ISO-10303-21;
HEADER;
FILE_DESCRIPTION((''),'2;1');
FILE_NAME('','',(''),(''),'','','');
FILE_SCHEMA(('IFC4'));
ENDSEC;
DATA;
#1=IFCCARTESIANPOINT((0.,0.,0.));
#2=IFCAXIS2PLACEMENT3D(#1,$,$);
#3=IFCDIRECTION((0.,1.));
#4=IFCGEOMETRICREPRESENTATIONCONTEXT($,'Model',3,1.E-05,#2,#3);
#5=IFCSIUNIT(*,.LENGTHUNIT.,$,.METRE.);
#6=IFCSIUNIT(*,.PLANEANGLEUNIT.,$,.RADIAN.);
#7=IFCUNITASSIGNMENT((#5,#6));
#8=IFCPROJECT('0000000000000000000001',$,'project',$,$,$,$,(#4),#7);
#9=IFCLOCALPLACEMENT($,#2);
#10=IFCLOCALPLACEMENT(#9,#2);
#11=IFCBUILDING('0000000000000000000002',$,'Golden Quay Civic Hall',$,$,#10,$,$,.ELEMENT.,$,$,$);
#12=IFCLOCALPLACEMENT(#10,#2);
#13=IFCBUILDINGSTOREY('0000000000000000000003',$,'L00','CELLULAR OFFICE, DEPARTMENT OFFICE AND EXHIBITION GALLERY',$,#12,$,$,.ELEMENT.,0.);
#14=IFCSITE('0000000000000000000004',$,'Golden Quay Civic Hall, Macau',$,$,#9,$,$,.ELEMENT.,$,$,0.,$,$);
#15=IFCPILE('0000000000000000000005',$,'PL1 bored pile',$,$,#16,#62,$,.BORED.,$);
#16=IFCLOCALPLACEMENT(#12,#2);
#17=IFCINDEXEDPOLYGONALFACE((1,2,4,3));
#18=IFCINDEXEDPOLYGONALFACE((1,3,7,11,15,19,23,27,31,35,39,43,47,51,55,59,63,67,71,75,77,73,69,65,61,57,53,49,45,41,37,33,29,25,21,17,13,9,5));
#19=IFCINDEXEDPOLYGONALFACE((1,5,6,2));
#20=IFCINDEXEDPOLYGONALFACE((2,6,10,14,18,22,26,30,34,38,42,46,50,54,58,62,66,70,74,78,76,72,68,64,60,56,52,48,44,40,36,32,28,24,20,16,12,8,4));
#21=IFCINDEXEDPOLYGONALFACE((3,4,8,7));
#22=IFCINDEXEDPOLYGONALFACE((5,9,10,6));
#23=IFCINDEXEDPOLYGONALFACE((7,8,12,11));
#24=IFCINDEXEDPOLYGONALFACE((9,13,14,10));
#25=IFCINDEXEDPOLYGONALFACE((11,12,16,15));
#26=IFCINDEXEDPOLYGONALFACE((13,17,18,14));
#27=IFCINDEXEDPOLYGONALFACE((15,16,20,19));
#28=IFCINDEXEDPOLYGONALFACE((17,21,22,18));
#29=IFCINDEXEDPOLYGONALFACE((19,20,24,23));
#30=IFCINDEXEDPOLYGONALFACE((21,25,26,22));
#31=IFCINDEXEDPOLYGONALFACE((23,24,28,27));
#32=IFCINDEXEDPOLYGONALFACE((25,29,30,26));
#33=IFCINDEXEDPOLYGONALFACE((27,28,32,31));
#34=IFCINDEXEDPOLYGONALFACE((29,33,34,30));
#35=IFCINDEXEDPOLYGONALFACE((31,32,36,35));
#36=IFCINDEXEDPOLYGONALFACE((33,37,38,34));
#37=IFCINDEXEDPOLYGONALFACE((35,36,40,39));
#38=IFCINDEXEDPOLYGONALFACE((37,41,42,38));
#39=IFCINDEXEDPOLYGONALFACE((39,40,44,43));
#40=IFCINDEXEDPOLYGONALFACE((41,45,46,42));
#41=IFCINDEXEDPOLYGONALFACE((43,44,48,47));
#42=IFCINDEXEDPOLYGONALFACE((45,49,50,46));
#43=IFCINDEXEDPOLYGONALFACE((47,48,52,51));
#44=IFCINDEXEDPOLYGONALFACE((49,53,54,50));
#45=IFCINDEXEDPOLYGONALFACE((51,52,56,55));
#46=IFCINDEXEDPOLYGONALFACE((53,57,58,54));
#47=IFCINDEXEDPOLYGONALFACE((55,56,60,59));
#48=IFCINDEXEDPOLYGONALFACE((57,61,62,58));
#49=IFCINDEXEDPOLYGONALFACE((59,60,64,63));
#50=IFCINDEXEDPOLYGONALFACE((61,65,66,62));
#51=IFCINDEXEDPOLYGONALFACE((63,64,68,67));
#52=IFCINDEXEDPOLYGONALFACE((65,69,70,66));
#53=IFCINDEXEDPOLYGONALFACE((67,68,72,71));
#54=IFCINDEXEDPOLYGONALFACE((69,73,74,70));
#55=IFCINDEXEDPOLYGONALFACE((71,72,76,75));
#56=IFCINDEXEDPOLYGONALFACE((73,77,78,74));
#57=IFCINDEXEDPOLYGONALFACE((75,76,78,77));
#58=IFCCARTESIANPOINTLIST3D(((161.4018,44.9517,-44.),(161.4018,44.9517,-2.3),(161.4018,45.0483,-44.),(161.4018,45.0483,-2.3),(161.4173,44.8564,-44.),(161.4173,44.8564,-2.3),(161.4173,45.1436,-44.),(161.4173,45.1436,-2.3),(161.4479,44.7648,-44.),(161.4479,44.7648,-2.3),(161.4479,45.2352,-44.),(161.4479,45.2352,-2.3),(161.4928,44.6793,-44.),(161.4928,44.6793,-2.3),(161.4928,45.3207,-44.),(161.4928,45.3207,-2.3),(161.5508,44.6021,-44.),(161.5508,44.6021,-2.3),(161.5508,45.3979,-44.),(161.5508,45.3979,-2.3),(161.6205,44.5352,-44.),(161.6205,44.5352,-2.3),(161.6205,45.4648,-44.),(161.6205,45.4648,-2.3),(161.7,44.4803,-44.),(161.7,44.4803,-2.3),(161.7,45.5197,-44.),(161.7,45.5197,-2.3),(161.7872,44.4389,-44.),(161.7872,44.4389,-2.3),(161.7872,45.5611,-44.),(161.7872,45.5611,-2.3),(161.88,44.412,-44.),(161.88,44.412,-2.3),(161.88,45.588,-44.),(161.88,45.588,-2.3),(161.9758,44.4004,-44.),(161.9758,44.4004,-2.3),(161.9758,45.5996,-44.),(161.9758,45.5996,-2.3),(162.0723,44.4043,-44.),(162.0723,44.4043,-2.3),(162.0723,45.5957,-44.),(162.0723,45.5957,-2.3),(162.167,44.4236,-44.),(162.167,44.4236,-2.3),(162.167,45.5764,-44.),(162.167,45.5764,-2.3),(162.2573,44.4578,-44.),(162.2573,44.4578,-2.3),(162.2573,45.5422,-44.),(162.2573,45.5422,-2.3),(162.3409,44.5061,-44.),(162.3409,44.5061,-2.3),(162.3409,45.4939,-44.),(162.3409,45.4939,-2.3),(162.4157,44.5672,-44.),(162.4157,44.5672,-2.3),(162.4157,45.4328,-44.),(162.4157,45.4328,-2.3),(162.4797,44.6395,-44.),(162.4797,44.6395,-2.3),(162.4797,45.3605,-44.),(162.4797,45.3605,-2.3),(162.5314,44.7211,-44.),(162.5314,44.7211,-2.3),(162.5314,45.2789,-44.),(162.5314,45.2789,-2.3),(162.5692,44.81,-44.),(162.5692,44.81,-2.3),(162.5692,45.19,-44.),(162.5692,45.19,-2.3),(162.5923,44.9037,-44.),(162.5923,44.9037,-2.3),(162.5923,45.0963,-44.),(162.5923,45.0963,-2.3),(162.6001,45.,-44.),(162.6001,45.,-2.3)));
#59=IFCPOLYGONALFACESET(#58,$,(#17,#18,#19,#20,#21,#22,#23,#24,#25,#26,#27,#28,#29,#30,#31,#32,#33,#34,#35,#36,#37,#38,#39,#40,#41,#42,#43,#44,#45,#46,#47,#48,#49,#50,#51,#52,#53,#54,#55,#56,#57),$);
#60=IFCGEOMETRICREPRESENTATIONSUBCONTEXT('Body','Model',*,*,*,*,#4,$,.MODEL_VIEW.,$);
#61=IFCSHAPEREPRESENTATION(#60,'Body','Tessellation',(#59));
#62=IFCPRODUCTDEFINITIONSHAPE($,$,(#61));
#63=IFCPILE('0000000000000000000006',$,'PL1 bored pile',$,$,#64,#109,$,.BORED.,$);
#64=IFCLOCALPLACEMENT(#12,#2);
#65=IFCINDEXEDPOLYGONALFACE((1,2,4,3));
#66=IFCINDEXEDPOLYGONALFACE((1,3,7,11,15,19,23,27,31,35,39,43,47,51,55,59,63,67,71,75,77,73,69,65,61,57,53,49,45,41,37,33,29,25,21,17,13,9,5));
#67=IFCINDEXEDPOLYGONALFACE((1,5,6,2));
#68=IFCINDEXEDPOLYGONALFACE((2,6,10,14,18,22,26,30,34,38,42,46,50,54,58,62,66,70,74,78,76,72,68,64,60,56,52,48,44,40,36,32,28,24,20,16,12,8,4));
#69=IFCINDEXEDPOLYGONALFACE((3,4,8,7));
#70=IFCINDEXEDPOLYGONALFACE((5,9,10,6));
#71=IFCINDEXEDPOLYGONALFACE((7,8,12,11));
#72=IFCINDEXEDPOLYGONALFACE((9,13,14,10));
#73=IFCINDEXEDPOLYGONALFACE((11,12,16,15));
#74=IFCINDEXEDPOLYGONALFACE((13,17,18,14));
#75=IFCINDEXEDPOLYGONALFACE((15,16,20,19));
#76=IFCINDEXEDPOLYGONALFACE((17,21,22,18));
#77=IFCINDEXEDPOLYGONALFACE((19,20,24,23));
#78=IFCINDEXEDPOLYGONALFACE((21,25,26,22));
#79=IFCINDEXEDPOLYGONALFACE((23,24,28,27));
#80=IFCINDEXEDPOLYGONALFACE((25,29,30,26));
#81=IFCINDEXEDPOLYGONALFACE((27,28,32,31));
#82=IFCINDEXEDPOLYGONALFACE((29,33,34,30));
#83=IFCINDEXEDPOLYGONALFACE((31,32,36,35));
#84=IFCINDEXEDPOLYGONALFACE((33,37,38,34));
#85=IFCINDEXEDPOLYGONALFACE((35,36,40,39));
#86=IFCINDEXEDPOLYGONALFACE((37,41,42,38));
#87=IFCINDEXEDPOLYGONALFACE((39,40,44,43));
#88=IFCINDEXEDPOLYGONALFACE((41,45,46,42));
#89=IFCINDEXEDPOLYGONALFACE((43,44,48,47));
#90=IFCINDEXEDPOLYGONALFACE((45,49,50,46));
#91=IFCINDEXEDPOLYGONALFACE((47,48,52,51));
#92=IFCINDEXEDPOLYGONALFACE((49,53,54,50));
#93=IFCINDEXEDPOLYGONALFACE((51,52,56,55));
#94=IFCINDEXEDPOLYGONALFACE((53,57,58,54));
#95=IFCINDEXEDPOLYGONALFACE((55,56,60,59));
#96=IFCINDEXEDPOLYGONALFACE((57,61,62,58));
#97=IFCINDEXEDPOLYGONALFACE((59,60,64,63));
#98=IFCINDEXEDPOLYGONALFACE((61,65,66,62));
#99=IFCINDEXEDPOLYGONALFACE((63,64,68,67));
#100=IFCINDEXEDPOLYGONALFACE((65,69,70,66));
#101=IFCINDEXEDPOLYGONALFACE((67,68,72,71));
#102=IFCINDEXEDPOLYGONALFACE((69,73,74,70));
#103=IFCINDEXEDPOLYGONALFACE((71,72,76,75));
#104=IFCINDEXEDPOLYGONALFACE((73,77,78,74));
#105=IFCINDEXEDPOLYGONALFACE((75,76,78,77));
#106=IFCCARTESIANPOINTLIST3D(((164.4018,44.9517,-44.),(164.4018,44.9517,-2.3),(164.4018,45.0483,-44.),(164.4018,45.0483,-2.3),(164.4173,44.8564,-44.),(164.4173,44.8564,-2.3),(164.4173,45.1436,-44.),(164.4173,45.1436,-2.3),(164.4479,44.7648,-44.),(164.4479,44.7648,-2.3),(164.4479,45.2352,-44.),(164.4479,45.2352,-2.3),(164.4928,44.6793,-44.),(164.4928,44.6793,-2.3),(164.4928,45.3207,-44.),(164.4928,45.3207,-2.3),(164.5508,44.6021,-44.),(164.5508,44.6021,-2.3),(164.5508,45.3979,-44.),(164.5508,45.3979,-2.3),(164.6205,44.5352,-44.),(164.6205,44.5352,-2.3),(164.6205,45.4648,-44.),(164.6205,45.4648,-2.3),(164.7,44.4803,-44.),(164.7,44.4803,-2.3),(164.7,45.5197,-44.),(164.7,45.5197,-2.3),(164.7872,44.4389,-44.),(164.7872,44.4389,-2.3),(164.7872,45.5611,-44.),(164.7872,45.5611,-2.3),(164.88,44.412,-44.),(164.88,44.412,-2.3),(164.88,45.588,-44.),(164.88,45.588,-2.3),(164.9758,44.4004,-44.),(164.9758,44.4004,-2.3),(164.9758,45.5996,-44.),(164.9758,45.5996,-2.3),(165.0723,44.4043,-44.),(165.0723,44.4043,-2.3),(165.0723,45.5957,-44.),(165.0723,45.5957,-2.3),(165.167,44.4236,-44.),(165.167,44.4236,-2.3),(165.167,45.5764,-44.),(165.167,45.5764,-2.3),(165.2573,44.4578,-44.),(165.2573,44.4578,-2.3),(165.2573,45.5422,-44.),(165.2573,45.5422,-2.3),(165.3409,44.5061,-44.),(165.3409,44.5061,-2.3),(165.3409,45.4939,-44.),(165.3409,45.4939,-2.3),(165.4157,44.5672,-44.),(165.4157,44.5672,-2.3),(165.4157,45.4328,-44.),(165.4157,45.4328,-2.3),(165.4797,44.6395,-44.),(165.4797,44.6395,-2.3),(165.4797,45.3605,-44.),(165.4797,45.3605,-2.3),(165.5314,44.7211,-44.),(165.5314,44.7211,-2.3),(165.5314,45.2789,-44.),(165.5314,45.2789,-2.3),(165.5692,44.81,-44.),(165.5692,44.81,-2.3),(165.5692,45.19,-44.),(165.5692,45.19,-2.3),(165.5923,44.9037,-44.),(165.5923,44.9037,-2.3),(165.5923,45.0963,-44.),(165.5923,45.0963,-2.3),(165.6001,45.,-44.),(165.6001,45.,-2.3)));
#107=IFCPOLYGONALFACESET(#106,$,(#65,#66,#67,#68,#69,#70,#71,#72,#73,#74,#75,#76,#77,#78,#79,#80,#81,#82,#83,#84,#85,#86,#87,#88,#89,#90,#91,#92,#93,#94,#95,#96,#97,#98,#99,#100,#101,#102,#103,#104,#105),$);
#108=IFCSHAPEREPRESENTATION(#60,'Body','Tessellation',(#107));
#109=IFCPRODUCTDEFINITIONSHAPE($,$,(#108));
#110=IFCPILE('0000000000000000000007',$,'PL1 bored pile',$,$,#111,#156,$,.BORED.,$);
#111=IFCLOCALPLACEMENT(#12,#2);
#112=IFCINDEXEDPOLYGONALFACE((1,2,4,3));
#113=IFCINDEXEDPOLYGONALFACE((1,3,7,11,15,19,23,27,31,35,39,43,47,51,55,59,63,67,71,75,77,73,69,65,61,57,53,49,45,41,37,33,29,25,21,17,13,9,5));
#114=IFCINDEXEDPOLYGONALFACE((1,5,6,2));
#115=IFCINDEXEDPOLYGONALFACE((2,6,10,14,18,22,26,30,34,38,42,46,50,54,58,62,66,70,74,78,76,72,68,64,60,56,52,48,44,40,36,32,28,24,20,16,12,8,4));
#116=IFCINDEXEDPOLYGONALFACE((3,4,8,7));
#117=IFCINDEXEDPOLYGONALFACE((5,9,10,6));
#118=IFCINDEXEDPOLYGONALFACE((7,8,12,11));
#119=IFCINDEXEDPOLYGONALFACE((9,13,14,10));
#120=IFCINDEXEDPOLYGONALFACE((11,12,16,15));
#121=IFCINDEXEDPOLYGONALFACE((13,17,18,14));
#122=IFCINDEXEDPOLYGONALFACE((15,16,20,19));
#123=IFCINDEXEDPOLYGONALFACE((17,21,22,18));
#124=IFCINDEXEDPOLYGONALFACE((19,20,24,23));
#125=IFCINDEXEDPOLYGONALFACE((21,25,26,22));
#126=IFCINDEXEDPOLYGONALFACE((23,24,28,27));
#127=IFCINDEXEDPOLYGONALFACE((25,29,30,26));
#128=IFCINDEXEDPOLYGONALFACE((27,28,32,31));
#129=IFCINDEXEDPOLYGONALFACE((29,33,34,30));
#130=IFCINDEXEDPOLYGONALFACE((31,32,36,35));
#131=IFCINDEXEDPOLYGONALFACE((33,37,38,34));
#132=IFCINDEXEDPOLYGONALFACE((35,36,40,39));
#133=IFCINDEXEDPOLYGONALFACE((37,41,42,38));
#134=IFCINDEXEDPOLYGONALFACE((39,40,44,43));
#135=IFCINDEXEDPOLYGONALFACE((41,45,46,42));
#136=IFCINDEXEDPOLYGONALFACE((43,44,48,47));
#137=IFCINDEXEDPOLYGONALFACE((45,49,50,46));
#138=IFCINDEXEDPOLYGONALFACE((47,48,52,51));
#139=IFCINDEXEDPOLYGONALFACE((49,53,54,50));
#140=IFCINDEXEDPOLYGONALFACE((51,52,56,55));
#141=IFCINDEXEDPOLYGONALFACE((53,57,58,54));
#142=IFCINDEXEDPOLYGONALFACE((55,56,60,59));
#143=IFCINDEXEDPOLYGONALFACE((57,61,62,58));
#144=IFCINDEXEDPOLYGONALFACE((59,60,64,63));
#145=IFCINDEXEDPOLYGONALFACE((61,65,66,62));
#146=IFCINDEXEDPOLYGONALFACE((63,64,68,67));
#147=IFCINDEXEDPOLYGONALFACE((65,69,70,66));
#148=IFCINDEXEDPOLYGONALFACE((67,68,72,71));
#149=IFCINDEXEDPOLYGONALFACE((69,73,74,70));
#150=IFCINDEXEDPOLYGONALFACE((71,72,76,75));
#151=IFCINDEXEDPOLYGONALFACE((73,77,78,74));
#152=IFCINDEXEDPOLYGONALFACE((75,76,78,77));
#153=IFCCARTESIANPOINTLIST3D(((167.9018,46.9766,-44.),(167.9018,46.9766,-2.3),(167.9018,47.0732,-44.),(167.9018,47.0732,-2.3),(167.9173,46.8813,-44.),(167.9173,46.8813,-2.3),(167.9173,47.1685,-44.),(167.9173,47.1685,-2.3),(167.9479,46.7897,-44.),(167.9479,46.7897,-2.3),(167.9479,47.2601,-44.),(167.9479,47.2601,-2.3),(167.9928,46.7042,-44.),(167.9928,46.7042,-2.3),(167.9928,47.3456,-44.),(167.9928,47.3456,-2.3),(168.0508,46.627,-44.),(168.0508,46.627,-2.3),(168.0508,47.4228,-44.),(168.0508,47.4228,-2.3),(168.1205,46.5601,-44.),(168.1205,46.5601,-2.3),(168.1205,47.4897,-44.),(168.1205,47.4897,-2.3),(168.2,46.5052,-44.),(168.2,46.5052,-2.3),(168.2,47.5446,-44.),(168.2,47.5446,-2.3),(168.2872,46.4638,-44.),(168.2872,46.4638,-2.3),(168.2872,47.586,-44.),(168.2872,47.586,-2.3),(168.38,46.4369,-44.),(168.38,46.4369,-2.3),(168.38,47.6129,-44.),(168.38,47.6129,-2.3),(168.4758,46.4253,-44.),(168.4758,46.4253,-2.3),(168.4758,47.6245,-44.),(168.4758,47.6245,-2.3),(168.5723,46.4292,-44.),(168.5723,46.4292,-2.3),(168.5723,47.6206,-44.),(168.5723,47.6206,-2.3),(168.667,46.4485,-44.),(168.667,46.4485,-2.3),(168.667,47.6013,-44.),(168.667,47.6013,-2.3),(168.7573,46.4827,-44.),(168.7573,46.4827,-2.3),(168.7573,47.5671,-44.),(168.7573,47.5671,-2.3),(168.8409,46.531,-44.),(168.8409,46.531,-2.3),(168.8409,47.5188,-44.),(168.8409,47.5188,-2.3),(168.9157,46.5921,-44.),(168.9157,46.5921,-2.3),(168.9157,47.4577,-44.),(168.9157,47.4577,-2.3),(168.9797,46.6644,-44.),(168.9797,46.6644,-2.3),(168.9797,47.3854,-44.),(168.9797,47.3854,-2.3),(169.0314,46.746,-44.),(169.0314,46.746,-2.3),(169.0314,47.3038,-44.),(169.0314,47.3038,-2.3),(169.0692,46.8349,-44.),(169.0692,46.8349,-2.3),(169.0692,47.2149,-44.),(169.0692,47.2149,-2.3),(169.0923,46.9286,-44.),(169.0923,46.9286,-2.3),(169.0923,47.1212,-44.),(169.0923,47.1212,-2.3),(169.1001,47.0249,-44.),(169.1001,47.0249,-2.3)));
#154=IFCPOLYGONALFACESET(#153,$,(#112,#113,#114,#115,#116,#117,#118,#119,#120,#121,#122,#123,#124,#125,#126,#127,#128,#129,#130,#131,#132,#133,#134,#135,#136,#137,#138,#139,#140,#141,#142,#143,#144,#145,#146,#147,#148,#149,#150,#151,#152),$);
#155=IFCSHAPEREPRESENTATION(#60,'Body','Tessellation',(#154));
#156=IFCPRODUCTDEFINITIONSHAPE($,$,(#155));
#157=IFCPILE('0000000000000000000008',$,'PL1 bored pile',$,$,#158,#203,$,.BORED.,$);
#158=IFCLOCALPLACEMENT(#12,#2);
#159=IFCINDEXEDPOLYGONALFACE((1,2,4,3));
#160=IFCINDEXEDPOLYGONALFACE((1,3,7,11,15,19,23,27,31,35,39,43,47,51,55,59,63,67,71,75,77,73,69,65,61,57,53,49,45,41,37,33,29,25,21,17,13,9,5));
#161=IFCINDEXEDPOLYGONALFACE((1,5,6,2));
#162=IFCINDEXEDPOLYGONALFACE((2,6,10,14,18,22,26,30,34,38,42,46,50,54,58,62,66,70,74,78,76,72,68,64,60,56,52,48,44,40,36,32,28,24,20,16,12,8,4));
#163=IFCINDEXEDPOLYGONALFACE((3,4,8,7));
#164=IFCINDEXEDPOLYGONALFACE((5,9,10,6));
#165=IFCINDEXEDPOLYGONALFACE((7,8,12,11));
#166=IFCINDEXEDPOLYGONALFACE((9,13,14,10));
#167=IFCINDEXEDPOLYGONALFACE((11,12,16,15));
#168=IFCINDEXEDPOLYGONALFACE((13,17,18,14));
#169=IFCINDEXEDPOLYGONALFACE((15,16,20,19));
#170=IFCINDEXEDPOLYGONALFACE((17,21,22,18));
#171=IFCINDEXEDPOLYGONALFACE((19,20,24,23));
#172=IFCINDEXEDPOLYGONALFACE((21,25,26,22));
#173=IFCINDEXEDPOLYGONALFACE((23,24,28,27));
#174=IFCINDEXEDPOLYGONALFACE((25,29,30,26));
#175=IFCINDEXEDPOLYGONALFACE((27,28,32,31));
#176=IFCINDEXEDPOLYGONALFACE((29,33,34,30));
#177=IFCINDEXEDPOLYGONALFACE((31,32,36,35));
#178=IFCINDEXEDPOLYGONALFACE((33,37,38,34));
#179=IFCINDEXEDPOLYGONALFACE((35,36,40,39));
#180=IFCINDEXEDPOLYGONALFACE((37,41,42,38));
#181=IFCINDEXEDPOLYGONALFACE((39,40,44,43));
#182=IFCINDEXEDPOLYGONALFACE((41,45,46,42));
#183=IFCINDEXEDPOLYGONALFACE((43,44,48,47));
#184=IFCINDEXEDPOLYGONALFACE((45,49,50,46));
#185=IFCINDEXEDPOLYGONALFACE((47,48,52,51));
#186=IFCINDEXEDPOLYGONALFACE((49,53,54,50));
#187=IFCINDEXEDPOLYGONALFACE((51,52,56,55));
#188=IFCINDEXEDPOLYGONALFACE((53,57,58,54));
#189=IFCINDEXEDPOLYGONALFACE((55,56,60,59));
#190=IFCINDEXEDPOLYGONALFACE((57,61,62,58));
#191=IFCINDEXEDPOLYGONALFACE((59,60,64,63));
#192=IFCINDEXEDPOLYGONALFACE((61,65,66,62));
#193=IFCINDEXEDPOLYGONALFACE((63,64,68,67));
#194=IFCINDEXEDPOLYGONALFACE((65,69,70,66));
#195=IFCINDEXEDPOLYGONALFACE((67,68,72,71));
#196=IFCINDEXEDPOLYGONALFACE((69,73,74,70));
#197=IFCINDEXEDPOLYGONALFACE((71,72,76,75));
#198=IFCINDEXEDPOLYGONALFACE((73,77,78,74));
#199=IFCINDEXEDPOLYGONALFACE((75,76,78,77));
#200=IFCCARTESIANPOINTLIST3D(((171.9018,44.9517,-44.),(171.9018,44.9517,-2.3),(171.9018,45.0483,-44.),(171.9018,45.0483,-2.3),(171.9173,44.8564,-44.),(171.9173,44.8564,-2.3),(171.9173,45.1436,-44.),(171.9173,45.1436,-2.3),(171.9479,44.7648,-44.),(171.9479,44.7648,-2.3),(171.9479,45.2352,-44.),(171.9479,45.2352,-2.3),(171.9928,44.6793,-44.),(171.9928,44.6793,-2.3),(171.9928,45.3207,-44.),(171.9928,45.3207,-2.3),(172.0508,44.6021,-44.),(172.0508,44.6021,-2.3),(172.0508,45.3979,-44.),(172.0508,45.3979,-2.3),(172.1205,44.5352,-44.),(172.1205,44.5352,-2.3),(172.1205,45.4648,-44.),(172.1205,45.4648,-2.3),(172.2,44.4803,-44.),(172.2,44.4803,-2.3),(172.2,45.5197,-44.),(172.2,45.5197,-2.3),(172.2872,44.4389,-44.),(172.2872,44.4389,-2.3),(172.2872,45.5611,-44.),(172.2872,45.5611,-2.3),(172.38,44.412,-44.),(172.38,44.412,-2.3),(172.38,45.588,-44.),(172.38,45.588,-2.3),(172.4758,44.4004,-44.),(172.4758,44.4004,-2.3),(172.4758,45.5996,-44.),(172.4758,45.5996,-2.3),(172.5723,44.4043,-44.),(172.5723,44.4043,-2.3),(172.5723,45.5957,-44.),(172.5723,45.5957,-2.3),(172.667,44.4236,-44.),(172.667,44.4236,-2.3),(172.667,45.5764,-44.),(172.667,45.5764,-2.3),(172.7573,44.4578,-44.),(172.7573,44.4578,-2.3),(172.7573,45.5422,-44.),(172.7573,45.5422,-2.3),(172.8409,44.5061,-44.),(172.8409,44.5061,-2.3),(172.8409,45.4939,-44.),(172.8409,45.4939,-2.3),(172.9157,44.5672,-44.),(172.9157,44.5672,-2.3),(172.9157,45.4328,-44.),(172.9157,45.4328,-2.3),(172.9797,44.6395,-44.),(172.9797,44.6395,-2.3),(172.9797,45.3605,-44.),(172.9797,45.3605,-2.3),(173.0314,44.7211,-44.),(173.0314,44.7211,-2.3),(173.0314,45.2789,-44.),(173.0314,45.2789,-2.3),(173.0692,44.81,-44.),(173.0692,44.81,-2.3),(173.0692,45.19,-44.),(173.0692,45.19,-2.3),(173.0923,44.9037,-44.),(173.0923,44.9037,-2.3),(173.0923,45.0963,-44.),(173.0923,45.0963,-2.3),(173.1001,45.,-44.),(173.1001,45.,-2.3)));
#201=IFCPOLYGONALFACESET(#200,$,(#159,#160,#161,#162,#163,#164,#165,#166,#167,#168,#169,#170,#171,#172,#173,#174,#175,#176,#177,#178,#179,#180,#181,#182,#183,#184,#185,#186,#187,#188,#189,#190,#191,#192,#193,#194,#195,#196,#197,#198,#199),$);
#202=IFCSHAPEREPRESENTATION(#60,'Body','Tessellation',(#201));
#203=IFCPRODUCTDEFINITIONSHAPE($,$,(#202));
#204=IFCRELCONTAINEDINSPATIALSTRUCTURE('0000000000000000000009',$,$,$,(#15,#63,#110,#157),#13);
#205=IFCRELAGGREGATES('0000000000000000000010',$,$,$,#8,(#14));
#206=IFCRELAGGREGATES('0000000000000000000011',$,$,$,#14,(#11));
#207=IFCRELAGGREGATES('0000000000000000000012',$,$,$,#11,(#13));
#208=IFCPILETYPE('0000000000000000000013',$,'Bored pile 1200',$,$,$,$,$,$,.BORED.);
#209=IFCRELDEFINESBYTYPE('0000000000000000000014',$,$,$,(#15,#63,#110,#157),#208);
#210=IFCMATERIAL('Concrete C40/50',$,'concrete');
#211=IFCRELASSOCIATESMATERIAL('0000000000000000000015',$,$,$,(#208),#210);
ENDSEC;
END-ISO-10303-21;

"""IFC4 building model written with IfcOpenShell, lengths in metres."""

from ifc_helpers import new_model, si_unit, direction, frame, origin, origin_2d, place, context, subcontext, project, spatial, circle, extrude, material, material_profile, profile_set, type_object, element, save


model = new_model("IFC4")

# Units and contexts
model_context = context("Model", 3, precision=1e-05, world=origin(), true_north=direction((0.0, 1.0)))
body_context = subcontext(model_context, "Body", "Model", "MODEL_VIEW")
ifc_project = project(units=[si_unit("LENGTHUNIT", "METRE"), si_unit("PLANEANGLEUNIT", "RADIAN")], contexts=[model_context])

# Site, building, storey
site_placement = place(None, origin())
site = spatial("IfcSite", under=ifc_project, at=site_placement, Name="Golden Quay Civic Hall, Macau", CompositionType="ELEMENT", RefElevation=0.0)
building_placement = place(site_placement, origin())
building = spatial("IfcBuilding", under=site, at=building_placement, Name="Golden Quay Civic Hall", CompositionType="ELEMENT")
storey_placement = place(building_placement, origin())
storey = spatial("IfcBuildingStorey", under=building, at=storey_placement, Name="L00", Description="CELLULAR OFFICE, DEPARTMENT OFFICE AND EXHIBITION GALLERY", CompositionType="ELEMENT", Elevation=0.0)

# Piles
ifc_material_1 = material(Name="Concrete C40/50", Category="concrete")
ifc_material_profile_1 = material_profile(ifc_material_1, circle(Radius=0.6001, at=origin_2d()), Name="RC D1200")
ifc_profile_set_1 = profile_set([ifc_material_profile_1], Name="Concrete C40/50")
pile_type = type_object("IfcPileType", Name="Bored pile 1200", PredefinedType="BORED", material=ifc_profile_set_1)
for number, where, z_axis, x_axis, name in (
    (1, (162.0, 45.0, -2.3), (0.0, 0.0, -1.0), (1.0, 0.0, 0.0), "PL1 bored pile"),
    (2, (165.0, 45.0, -2.3), (0.0, 0.0, -1.0), (1.0, 0.0, 0.0), "PL1 bored pile"),
    (3, (168.5, 47.0249, -2.3), (0.0, 0.0, -1.0), (1.0, 0.0, 0.0), "PL1 bored pile"),
    (4, (172.5, 45.0, -2.3), (0.0, 0.0, -1.0), (1.0, 0.0, 0.0), "PL1 bored pile"),
):
    element("IfcPile", number, at=place(storey_placement, frame(where, z_axis=z_axis, x_axis=x_axis)), inside=storey, type_object=pile_type, Name=name, PredefinedType="BORED", context=body_context, shape_type="SweptSolid", body=[
        extrude(circle(Radius=0.6001, at=origin_2d()), origin(), (0.0, 0.0, 1.0), 41.7),
    ])

save(model, "model.ifc")
